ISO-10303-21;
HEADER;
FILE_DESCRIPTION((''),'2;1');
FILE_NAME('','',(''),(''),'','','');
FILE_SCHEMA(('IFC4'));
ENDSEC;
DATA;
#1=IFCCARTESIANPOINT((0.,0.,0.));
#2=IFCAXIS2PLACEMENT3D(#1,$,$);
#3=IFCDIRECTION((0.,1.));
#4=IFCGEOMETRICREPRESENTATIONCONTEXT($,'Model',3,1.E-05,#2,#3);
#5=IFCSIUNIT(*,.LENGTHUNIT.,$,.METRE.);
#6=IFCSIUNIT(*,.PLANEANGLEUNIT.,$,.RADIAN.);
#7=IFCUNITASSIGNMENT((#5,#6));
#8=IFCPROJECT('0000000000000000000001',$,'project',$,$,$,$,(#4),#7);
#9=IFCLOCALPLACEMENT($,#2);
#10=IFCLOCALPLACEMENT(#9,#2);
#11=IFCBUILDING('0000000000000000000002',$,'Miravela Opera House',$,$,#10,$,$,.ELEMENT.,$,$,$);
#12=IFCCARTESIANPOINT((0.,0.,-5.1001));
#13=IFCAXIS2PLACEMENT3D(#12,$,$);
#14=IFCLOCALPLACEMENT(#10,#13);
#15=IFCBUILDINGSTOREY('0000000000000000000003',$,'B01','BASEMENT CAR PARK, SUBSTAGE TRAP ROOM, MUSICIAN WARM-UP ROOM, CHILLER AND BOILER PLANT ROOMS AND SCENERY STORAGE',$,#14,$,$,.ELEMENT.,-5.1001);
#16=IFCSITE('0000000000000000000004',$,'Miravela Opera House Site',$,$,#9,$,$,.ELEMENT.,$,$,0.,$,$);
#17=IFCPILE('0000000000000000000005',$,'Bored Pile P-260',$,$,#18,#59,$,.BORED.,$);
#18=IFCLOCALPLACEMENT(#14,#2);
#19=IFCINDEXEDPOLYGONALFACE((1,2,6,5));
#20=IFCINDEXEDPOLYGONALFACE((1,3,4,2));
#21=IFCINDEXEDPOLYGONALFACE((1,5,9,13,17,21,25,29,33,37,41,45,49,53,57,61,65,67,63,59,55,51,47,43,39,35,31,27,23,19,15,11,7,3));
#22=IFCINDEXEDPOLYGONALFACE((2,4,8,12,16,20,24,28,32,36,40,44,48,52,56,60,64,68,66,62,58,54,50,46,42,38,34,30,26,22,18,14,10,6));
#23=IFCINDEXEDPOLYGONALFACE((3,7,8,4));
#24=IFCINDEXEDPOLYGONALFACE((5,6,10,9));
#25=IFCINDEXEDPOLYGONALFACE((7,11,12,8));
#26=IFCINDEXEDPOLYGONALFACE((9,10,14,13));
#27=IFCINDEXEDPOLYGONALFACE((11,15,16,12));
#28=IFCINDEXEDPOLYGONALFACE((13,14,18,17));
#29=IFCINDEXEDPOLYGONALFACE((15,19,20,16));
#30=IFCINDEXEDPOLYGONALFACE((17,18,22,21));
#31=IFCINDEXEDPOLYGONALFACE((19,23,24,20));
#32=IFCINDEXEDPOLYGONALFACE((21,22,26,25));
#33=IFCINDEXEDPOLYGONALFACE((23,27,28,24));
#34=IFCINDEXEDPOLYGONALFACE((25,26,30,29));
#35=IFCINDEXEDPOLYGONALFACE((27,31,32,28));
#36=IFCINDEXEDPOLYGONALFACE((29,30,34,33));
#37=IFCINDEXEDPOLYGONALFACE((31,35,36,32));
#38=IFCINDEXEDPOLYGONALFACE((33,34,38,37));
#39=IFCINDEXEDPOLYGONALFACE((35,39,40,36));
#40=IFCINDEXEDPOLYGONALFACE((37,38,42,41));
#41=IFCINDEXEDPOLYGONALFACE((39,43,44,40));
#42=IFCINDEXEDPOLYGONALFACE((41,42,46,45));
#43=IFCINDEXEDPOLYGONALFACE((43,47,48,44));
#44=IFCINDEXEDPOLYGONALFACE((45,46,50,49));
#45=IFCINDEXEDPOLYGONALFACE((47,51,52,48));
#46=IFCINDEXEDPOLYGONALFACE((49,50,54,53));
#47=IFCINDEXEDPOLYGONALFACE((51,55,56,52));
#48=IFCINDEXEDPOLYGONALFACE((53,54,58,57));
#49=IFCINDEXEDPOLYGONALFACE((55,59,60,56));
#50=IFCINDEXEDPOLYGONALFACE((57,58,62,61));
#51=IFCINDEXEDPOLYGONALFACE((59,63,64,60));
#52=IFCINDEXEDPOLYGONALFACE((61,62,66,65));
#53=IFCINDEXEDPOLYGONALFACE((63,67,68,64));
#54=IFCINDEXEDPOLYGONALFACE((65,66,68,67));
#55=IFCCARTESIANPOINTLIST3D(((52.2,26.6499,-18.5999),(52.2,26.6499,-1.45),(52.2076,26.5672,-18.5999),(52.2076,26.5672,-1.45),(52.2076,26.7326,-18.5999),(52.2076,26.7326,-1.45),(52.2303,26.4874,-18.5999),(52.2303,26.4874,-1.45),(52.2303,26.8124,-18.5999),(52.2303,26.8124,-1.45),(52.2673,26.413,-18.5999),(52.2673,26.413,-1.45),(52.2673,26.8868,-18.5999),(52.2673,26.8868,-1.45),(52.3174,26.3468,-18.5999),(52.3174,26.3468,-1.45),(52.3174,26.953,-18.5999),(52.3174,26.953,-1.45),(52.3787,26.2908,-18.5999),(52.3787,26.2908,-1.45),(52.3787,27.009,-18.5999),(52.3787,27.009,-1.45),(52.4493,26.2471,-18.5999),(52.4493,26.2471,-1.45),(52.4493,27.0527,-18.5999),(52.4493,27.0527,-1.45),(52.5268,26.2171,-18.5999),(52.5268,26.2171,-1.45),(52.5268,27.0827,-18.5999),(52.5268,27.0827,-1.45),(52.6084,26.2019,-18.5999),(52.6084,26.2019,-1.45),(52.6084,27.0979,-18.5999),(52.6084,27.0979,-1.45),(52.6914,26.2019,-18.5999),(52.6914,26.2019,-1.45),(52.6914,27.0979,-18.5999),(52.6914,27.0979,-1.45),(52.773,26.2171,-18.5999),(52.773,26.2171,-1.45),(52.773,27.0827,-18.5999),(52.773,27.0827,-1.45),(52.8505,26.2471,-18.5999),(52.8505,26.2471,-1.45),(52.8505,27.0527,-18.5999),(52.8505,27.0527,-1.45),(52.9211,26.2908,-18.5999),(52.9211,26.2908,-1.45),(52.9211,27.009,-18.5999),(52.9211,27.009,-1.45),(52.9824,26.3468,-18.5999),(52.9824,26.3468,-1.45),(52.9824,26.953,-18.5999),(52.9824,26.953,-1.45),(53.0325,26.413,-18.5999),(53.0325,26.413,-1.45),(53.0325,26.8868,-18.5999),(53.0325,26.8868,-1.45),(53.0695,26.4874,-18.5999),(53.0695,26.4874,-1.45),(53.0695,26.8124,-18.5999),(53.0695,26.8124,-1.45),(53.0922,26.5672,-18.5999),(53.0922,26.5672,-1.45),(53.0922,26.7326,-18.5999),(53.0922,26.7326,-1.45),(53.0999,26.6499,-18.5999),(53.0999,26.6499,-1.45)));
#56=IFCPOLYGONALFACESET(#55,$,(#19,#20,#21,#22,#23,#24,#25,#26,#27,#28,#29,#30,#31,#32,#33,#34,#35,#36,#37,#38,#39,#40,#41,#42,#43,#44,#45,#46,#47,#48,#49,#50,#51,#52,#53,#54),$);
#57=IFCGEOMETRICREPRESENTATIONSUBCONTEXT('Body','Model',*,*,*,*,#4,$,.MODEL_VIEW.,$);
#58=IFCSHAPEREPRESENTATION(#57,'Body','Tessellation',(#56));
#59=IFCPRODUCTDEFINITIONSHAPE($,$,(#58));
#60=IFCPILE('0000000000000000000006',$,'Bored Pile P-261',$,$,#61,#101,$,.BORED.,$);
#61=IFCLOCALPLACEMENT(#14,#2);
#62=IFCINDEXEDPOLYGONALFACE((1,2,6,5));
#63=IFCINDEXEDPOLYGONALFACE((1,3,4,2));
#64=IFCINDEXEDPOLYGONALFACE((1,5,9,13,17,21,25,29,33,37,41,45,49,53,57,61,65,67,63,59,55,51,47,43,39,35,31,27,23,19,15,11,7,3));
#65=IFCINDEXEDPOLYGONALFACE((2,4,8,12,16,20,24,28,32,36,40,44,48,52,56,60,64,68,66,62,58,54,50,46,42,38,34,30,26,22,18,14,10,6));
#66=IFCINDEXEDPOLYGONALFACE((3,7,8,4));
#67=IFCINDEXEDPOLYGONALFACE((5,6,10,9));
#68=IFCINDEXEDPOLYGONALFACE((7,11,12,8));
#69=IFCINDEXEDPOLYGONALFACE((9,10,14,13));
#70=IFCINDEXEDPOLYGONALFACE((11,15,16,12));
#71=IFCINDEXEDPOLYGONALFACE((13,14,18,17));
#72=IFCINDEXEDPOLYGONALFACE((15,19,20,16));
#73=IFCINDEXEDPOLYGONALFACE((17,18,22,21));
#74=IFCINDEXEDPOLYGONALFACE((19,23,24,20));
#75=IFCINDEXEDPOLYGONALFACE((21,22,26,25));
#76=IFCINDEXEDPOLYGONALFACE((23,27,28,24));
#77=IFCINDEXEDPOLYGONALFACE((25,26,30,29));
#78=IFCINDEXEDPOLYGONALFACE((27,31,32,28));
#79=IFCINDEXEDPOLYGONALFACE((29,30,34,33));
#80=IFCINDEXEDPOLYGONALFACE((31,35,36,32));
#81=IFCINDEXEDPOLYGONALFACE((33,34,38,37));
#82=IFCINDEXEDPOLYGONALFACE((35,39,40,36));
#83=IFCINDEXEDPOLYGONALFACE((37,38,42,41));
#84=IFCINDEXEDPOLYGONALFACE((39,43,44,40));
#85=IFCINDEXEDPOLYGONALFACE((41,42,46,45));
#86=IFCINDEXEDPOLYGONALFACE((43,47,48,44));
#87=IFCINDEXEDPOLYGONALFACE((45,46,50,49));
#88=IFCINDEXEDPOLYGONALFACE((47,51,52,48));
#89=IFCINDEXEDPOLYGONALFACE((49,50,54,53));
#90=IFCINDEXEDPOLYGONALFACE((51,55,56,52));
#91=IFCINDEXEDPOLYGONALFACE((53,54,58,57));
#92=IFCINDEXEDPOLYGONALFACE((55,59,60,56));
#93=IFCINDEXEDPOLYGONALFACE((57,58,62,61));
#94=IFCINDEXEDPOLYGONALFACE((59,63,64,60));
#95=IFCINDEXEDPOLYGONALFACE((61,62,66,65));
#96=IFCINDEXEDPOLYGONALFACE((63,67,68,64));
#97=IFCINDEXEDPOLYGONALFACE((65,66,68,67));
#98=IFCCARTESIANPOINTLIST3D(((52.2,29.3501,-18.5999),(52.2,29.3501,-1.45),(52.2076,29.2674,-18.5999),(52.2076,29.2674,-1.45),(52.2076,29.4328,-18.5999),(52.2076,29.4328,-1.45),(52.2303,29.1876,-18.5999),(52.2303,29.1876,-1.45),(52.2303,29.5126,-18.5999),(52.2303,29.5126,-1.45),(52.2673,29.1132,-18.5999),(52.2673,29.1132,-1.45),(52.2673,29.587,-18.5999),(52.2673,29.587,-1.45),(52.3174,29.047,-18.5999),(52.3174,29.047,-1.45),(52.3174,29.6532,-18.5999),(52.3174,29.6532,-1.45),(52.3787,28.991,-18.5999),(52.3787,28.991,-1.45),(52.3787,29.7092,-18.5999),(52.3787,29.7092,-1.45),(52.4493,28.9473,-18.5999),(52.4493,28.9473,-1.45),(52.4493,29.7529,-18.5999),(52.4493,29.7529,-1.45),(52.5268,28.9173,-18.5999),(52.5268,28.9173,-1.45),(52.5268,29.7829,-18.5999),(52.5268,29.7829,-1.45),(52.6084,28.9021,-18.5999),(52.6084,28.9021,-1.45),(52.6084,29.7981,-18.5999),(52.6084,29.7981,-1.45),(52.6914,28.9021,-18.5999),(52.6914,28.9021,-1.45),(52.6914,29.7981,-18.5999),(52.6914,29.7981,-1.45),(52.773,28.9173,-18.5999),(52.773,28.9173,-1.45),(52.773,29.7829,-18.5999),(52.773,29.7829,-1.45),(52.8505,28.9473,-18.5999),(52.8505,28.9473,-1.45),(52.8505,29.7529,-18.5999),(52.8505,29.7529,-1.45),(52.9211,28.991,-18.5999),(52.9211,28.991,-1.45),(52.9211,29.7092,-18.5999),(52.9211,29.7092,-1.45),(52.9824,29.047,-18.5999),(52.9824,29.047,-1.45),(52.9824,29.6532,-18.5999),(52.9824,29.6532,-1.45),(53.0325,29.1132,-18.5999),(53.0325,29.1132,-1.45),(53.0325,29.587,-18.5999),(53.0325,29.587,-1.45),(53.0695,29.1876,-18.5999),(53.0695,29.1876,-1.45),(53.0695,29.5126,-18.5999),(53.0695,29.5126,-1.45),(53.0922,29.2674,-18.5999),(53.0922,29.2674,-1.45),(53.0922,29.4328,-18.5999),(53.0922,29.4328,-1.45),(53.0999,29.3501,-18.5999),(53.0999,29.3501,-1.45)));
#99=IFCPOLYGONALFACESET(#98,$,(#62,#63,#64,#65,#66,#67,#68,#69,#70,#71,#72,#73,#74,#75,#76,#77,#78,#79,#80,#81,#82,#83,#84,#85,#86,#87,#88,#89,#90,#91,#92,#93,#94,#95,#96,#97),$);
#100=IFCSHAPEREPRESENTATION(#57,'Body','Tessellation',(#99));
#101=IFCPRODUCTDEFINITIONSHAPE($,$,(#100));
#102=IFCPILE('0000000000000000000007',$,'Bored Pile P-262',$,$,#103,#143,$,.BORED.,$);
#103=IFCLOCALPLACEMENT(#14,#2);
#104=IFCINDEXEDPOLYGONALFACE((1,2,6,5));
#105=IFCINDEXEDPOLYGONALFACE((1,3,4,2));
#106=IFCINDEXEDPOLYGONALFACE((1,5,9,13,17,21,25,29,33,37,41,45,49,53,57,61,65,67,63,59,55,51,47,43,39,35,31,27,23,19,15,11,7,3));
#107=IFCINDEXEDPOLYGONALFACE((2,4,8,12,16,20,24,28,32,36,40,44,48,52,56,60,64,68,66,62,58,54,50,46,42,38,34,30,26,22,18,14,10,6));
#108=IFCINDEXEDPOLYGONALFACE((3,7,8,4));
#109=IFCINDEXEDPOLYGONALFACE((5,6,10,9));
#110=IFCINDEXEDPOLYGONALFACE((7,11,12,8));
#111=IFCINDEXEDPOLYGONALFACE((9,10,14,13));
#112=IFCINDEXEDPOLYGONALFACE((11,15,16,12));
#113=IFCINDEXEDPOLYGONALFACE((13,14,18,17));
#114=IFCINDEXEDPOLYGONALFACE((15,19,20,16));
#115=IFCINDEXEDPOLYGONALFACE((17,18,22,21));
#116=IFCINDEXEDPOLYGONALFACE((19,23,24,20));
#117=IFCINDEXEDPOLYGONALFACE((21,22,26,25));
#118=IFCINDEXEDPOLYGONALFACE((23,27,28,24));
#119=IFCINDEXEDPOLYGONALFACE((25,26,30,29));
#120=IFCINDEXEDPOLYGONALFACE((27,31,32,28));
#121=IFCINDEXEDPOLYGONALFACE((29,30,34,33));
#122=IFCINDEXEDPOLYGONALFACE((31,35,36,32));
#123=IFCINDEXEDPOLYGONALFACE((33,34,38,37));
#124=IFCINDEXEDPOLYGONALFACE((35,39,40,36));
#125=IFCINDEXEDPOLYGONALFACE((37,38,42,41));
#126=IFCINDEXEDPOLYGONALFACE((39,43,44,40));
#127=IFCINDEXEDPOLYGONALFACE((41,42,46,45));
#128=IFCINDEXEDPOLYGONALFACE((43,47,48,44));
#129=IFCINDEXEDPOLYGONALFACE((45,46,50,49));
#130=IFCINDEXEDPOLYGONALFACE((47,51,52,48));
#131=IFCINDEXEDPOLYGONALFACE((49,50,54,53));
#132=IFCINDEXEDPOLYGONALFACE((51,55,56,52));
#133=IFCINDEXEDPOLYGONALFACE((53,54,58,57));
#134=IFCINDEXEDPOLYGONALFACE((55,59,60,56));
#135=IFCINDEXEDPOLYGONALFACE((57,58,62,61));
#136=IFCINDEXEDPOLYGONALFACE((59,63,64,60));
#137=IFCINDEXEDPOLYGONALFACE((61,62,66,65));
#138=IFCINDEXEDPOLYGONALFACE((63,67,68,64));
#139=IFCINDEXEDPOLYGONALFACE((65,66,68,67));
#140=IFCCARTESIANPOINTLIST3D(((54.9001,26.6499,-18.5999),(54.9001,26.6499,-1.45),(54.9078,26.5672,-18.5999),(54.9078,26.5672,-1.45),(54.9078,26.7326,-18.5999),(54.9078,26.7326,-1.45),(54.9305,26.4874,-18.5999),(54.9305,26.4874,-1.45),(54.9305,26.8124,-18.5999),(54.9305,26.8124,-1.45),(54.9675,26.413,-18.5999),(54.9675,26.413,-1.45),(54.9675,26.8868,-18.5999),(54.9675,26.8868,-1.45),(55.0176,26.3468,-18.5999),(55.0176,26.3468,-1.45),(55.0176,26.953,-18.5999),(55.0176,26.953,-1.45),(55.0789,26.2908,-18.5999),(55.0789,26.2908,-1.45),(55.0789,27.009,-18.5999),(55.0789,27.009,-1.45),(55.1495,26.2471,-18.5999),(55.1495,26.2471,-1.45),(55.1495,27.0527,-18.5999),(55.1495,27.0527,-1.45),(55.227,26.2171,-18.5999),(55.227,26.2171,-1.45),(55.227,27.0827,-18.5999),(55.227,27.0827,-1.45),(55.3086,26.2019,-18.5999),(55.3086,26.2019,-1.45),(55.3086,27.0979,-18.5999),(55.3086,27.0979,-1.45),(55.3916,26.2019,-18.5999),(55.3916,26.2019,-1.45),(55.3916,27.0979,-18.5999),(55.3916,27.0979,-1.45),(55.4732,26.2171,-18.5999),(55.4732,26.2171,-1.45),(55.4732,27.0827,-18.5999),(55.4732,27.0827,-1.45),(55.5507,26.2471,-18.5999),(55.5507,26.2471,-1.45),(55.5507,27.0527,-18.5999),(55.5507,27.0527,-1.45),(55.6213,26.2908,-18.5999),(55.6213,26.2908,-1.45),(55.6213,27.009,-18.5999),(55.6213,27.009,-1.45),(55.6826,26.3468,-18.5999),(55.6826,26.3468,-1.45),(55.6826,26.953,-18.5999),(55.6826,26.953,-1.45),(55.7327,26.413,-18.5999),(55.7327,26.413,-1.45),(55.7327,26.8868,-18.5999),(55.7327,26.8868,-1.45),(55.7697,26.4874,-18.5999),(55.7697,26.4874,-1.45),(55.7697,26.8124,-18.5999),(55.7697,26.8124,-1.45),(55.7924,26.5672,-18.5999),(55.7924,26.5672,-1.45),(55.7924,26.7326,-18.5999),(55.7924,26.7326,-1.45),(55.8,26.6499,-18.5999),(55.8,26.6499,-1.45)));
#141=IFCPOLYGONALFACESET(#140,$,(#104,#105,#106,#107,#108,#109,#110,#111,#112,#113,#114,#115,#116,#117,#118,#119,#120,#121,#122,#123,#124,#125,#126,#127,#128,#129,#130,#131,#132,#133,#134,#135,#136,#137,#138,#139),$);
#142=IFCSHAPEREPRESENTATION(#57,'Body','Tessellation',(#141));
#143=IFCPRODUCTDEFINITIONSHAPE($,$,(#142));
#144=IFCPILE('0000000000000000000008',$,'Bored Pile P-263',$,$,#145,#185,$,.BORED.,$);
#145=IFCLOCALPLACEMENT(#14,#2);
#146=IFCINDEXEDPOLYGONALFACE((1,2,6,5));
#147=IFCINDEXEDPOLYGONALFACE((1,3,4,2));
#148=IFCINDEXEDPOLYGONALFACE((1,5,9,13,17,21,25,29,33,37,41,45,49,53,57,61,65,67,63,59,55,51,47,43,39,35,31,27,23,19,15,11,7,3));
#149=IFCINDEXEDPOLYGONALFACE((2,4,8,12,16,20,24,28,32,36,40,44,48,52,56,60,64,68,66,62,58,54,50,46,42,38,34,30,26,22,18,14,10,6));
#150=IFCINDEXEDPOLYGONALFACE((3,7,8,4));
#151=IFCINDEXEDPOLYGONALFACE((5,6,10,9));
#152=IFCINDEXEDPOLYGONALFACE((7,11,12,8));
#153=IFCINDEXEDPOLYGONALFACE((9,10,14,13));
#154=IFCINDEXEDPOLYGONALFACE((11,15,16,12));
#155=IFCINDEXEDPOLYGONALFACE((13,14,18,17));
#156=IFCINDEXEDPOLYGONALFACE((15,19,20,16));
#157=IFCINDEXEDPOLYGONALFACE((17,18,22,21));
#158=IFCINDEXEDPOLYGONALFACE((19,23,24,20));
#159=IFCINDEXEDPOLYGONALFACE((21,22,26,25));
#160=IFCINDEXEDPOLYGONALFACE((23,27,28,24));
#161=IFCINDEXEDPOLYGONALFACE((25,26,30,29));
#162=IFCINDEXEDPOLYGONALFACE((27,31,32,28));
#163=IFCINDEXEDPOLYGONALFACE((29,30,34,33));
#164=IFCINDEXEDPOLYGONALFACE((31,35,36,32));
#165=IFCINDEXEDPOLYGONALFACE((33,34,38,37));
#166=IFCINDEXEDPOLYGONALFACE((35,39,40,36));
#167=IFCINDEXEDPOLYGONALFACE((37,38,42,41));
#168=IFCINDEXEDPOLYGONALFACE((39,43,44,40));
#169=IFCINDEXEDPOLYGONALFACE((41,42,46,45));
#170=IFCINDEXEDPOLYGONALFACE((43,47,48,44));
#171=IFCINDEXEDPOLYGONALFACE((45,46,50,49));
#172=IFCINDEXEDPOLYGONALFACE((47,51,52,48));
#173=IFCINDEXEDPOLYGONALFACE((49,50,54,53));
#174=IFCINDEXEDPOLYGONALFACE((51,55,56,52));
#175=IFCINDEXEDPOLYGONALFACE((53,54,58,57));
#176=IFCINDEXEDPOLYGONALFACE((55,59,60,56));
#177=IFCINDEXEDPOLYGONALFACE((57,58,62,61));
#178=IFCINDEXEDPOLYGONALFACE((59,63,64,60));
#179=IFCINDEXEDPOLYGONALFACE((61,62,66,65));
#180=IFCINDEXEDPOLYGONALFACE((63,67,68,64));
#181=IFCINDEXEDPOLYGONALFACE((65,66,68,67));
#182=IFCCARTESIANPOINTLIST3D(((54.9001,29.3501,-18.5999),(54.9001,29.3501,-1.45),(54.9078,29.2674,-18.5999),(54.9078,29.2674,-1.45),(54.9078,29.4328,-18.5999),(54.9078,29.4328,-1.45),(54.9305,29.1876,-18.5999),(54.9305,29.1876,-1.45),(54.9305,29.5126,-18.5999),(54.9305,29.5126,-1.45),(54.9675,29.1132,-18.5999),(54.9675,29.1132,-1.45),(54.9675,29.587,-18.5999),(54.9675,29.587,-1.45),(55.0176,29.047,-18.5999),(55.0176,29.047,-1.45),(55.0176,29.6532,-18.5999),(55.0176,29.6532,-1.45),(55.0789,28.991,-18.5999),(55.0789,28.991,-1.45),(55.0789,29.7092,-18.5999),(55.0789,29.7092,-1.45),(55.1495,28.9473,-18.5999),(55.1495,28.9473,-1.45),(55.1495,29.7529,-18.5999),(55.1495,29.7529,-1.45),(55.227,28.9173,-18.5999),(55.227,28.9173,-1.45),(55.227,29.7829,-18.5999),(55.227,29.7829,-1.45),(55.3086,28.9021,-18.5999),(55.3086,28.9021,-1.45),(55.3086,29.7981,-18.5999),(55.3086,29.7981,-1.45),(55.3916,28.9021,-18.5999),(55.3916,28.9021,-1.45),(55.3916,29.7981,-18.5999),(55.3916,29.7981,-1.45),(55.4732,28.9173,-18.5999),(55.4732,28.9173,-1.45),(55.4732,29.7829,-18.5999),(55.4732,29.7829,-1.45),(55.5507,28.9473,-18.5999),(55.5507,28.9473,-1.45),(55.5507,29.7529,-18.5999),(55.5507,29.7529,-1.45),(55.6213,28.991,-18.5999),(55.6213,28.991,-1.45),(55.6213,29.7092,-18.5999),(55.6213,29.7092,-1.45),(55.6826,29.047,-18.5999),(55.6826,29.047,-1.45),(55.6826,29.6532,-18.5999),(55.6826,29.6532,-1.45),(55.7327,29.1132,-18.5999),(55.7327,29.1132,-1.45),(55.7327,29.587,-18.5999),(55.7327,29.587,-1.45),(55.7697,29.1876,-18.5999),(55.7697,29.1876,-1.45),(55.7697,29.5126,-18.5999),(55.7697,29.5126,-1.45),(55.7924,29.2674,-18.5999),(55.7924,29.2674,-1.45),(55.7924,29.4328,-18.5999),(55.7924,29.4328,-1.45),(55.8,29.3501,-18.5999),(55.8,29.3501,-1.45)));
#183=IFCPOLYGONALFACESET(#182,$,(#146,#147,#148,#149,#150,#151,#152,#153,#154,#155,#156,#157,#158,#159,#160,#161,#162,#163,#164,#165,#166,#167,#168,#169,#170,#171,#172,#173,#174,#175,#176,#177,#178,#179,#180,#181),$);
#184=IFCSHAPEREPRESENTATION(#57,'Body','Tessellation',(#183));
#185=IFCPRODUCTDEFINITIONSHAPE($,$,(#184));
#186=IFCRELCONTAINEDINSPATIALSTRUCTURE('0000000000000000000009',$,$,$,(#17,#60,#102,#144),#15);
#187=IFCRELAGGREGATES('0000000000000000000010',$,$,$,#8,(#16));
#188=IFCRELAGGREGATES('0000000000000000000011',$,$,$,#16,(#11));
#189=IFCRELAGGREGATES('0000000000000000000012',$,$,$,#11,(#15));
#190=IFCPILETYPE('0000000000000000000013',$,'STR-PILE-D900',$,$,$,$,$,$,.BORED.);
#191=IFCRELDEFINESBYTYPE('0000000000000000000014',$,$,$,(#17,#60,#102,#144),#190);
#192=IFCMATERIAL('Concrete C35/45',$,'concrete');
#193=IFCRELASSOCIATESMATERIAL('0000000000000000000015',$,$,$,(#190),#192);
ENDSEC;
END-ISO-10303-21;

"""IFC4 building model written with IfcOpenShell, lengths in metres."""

from ifc_helpers import new_model, si_unit, direction, frame, origin, origin_2d, place, context, subcontext, project, spatial, circle, extrude, material, material_profile, profile_set, type_object, element, save


model = new_model("IFC4")

# Units and contexts
model_context = context("Model", 3, precision=1e-05, world=origin(), true_north=direction((0.0, 1.0)))
body_context = subcontext(model_context, "Body", "Model", "MODEL_VIEW")
ifc_project = project(units=[si_unit("LENGTHUNIT", "METRE"), si_unit("PLANEANGLEUNIT", "RADIAN")], contexts=[model_context])

# Site, building, storey
site_placement = place(None, origin())
site = spatial("IfcSite", under=ifc_project, at=site_placement, Name="Miravela Opera House Site", CompositionType="ELEMENT", RefElevation=0.0)
building_placement = place(site_placement, origin())
building = spatial("IfcBuilding", under=site, at=building_placement, Name="Miravela Opera House", CompositionType="ELEMENT")
storey_placement = place(building_placement, frame((0.0, 0.0, -5.1001)))
storey = spatial("IfcBuildingStorey", under=building, at=storey_placement, Name="B01", Description="BASEMENT CAR PARK, SUBSTAGE TRAP ROOM, MUSICIAN WARM-UP ROOM, CHILLER AND BOILER PLANT ROOMS AND SCENERY STORAGE", CompositionType="ELEMENT", Elevation=-5.1001)

# Shared definitions
ifc_material_1 = material(Name="Concrete C35/45", Category="concrete")

# Piles
ifc_material_profile_1 = material_profile(ifc_material_1, circle(Radius=0.45, at=origin_2d()), Name="PILE-D900")
ifc_profile_set_1 = profile_set([ifc_material_profile_1])
pile_type_1 = type_object("IfcPileType", Name="STR-PILE-D900", PredefinedType="BORED", material=ifc_profile_set_1)
for number, where, z_axis, x_axis, name in (
    (1, (52.6499, 26.6499, -1.45), (0.0, 0.0, -1.0), (1.0, 0.0, 0.0), "Bored Pile P-260"),
    (2, (52.6499, 29.3501, -1.45), (0.0, 0.0, -1.0), (1.0, 0.0, 0.0), "Bored Pile P-261"),
    (3, (55.3501, 26.6499, -1.45), (0.0, 0.0, -1.0), (1.0, 0.0, 0.0), "Bored Pile P-262"),
    (4, (55.3501, 29.3501, -1.45), (0.0, 0.0, -1.0), (1.0, 0.0, 0.0), "Bored Pile P-263"),
):
    element("IfcPile", number, at=place(storey_placement, frame(where, z_axis=z_axis, x_axis=x_axis)), inside=storey, type_object=pile_type_1, Name=name, PredefinedType="BORED", context=body_context, shape_type="SweptSolid", body=[
        extrude(circle(Radius=0.45, at=origin_2d()), origin(), (0.0, 0.0, 1.0), 17.1499),
    ])

save(model, "model.ifc")
